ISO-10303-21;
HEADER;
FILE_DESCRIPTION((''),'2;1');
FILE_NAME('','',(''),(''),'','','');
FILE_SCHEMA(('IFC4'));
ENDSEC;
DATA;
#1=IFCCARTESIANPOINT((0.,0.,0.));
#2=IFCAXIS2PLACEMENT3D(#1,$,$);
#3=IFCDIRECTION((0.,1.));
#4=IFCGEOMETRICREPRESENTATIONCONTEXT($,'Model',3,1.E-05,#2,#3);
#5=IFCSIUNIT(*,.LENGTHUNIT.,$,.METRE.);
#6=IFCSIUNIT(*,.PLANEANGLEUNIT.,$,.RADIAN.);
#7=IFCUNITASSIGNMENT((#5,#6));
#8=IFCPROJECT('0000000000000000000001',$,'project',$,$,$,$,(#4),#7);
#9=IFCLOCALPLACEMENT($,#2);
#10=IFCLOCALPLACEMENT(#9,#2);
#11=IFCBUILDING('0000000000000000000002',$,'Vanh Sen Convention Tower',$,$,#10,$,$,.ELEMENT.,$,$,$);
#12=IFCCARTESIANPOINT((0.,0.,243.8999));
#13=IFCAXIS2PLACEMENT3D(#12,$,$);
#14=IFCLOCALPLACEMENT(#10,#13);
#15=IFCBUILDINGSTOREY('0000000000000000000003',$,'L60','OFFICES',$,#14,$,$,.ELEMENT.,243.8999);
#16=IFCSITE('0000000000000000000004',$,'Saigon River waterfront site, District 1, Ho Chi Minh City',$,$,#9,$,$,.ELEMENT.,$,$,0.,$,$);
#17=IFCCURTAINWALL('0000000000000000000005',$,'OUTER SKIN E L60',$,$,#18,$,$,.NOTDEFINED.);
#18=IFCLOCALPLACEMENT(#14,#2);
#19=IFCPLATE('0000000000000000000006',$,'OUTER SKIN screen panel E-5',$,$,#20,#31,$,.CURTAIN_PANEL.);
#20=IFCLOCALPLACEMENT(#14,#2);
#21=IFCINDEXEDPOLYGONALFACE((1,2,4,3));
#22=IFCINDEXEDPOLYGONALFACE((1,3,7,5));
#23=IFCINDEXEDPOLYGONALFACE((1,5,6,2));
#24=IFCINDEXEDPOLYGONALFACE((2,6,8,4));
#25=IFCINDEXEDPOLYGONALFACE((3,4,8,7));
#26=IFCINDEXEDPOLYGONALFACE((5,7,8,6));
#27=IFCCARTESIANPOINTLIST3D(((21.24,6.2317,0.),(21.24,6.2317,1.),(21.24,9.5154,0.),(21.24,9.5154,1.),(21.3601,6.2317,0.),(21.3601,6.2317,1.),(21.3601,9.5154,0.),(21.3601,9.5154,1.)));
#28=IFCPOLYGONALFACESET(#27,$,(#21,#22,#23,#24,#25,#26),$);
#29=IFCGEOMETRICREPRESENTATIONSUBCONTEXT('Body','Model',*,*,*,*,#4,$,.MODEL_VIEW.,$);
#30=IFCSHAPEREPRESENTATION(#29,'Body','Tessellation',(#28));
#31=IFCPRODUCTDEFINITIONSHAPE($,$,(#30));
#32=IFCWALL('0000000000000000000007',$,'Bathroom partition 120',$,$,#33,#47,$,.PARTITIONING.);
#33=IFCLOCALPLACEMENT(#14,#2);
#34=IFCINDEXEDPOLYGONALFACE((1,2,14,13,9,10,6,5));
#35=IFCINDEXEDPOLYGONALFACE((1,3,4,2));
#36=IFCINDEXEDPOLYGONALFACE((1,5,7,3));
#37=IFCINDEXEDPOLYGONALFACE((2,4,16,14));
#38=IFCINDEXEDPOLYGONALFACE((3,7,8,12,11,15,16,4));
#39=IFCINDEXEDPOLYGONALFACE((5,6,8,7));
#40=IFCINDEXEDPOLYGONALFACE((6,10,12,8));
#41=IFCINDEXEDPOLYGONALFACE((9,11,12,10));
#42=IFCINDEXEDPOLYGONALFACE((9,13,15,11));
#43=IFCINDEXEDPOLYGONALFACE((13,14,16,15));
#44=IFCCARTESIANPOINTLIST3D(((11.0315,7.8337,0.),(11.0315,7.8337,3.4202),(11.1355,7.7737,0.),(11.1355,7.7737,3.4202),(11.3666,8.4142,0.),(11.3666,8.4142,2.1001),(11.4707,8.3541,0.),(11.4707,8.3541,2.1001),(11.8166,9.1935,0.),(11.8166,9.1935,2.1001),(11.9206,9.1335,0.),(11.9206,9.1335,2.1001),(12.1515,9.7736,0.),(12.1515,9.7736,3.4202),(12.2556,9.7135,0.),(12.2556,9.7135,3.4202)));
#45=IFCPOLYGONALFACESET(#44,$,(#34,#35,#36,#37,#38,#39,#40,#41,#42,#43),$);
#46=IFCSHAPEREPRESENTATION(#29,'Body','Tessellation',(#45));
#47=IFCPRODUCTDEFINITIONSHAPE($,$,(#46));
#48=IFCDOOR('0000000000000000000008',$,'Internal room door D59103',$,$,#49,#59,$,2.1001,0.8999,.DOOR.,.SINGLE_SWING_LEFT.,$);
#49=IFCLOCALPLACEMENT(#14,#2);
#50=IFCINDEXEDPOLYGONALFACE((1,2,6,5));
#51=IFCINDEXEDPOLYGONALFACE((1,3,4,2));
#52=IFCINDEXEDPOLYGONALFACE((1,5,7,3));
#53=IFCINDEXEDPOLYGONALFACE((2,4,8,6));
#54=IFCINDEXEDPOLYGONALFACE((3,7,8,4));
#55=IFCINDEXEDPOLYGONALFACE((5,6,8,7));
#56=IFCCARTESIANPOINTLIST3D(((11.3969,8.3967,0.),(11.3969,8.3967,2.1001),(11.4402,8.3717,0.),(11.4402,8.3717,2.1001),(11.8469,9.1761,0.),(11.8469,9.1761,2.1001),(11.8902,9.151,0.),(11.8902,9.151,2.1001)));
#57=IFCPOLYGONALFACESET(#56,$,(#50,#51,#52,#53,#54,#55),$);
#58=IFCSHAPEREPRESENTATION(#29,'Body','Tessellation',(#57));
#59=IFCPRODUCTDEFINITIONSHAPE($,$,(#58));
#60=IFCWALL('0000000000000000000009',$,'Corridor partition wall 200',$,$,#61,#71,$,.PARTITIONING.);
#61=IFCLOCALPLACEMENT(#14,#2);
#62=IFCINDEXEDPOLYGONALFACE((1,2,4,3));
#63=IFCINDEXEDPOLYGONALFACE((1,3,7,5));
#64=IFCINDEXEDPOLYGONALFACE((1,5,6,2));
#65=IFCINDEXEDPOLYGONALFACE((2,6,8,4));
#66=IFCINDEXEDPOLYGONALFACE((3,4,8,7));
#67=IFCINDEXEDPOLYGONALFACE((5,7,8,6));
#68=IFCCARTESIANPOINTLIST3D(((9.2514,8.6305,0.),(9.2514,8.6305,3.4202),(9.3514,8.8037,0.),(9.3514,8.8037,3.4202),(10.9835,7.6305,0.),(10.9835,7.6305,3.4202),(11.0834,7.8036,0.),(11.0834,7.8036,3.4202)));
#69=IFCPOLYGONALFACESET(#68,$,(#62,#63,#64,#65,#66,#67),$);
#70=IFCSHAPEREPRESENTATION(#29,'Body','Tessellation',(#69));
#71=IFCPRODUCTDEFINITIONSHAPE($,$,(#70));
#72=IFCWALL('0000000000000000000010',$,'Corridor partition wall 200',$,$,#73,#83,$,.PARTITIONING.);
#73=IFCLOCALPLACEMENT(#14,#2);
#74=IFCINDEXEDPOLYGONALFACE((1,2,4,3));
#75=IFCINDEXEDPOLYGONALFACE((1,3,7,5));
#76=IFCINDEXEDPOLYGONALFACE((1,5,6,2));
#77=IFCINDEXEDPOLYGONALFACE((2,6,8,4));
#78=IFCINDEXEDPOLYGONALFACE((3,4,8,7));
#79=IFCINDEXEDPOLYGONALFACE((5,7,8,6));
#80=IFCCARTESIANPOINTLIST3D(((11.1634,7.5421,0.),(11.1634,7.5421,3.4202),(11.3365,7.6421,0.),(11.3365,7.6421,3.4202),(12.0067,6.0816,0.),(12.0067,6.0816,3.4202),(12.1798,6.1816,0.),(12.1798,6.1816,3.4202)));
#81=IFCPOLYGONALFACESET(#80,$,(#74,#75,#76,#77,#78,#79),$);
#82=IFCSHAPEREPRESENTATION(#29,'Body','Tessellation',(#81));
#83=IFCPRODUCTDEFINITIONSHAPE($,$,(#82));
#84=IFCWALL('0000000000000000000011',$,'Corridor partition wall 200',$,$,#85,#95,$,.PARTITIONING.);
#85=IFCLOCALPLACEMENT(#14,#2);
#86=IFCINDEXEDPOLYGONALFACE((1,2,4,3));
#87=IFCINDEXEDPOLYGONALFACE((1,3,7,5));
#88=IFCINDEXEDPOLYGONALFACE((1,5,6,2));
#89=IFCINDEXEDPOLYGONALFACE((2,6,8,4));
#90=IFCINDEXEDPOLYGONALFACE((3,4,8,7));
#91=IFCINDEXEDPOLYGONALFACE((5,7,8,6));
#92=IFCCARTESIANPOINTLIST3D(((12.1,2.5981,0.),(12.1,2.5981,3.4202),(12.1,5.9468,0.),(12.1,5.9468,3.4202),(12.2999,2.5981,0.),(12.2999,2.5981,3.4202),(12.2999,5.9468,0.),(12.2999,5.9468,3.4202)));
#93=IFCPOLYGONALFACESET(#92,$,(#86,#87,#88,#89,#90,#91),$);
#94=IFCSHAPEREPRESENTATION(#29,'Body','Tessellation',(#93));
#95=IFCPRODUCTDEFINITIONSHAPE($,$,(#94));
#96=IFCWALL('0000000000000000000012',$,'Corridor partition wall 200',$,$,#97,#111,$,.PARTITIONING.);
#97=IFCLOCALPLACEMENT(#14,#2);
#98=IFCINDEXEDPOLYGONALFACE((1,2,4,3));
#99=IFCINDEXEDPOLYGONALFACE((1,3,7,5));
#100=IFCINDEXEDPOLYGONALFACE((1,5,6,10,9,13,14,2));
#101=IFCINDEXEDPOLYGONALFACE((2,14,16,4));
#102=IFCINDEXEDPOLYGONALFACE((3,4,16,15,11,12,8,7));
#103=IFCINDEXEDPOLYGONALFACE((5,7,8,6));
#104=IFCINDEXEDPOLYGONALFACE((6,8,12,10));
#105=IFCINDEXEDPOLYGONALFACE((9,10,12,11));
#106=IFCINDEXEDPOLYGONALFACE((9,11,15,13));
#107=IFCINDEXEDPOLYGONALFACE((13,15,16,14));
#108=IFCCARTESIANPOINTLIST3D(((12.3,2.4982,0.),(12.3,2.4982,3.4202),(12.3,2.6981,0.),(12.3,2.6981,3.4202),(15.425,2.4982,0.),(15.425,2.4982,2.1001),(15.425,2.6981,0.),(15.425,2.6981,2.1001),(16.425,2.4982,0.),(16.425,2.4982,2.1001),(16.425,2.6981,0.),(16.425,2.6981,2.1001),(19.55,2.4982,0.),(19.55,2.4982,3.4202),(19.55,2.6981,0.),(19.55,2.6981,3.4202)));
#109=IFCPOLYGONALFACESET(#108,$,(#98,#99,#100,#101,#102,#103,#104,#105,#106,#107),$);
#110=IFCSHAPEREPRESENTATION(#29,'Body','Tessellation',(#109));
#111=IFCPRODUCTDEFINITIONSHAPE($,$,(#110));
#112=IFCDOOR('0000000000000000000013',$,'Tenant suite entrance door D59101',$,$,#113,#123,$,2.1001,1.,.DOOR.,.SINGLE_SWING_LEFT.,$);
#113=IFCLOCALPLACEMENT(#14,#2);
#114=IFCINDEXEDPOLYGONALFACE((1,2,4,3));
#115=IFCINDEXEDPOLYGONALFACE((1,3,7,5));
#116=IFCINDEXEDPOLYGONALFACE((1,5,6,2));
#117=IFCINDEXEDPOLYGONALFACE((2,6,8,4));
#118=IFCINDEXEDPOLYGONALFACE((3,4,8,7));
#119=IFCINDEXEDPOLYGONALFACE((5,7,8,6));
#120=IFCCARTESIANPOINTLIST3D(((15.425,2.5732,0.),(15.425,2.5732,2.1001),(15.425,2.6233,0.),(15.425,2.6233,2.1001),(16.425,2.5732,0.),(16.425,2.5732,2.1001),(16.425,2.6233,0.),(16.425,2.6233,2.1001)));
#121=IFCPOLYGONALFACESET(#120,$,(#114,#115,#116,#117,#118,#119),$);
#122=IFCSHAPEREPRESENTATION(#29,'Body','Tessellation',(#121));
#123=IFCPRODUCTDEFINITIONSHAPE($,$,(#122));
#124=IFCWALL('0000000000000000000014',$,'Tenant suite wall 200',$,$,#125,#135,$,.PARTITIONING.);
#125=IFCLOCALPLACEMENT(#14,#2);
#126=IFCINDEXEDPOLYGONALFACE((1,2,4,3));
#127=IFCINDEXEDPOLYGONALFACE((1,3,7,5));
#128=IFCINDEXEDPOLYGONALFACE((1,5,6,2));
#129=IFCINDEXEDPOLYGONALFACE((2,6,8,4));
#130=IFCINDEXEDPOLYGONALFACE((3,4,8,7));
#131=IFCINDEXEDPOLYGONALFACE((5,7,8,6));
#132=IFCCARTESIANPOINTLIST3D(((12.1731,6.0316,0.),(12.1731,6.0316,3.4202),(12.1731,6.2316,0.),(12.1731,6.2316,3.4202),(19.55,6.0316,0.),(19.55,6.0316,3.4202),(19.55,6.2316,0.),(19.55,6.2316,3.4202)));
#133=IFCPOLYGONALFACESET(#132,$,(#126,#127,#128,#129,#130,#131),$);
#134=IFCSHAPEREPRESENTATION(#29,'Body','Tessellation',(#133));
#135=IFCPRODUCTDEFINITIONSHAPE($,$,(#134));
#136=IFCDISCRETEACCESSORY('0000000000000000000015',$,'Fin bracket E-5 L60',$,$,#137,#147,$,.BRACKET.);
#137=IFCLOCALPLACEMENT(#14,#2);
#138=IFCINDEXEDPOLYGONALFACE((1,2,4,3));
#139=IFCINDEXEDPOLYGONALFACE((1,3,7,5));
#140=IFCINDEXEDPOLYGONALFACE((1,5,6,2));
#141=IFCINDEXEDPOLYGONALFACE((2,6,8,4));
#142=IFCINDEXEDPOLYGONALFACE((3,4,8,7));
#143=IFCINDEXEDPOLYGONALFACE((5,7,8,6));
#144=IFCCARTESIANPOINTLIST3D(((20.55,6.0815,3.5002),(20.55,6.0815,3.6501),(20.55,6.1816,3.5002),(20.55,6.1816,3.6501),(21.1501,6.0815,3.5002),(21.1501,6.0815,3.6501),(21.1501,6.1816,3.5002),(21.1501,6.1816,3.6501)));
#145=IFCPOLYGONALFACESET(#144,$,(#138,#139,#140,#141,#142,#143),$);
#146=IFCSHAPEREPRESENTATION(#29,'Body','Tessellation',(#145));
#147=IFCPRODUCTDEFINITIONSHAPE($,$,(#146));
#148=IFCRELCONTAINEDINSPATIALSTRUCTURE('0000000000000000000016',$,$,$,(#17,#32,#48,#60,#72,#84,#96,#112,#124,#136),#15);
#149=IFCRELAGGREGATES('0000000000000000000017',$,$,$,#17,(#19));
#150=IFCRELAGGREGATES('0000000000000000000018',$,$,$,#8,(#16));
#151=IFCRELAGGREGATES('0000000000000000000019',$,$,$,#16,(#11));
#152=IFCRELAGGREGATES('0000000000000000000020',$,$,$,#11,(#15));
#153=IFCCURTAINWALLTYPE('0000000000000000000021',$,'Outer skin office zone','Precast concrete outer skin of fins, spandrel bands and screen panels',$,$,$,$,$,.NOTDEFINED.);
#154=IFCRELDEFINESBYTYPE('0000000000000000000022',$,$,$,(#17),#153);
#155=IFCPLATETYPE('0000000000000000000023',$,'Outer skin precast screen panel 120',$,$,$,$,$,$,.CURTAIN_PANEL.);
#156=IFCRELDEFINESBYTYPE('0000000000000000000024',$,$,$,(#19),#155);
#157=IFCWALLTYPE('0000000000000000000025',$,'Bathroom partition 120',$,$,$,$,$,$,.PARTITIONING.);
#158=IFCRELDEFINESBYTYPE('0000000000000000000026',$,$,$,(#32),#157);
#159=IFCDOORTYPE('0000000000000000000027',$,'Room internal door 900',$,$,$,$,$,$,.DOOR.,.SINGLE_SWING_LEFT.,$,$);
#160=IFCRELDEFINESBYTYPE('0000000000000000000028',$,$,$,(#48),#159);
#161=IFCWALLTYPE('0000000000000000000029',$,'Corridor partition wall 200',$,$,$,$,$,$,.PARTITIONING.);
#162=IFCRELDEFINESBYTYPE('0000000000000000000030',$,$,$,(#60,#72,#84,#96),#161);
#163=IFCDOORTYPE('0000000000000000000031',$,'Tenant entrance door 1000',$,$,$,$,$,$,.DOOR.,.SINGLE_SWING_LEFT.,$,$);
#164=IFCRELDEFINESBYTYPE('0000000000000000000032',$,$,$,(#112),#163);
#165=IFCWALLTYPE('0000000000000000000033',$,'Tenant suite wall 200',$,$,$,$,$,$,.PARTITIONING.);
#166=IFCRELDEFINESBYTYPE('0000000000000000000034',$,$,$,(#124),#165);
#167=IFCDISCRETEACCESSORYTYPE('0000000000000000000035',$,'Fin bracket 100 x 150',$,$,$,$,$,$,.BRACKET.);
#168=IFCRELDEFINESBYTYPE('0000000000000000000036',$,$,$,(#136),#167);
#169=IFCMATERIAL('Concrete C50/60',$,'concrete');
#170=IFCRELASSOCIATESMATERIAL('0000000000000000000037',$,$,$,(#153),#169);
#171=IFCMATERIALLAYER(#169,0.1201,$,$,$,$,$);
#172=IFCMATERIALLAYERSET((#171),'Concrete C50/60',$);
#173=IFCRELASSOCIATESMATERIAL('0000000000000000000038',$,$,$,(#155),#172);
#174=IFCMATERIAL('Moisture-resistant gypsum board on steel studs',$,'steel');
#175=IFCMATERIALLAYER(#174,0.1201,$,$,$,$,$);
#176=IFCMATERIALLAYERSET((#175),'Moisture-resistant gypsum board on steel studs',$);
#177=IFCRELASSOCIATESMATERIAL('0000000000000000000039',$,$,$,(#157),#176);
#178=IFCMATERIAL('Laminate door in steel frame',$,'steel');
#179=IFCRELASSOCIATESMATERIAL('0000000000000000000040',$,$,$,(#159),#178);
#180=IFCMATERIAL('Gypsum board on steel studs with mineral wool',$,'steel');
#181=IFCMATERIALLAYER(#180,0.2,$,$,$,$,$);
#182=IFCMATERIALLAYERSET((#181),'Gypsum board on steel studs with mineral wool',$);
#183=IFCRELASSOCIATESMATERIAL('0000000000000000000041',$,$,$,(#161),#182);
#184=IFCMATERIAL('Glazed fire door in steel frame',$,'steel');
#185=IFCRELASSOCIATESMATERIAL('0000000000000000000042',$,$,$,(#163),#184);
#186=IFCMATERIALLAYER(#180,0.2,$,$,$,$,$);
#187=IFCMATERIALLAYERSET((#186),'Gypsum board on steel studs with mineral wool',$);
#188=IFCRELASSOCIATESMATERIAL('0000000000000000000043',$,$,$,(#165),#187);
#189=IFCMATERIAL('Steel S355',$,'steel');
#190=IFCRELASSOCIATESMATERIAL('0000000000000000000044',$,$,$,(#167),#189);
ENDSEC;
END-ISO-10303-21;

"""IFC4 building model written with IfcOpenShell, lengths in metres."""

from ifc_helpers import new_model, si_unit, direction, frame, frame_2d, origin, origin_2d, place, context, subcontext, project, spatial, rectangle, extrude, material, layer, layer_set, type_object, element, fill, aggregate, save


model = new_model("IFC4")

# Units and contexts
model_context = context("Model", 3, precision=1e-05, world=origin(), true_north=direction((0.0, 1.0)))
body_context = subcontext(model_context, "Body", "Model", "MODEL_VIEW")
ifc_project = project(units=[si_unit("LENGTHUNIT", "METRE"), si_unit("PLANEANGLEUNIT", "RADIAN")], contexts=[model_context])

# Site, building, storey
site_placement = place(None, origin())
site = spatial("IfcSite", under=ifc_project, at=site_placement, Name="Saigon River waterfront site, District 1, Ho Chi Minh City", CompositionType="ELEMENT", RefElevation=0.0)
building_placement = place(site_placement, origin())
building = spatial("IfcBuilding", under=site, at=building_placement, Name="Vanh Sen Convention Tower", CompositionType="ELEMENT")
storey_placement = place(building_placement, frame((0.0, 0.0, 243.8999)))
storey = spatial("IfcBuildingStorey", under=building, at=storey_placement, Name="L60", Description="OFFICES", CompositionType="ELEMENT", Elevation=243.8999)

# Curtain wall
ifc_material_1 = material(Name="Concrete C50/60", Category="concrete")
curtain_wall_type = type_object("IfcCurtainWallType", Name="Outer skin office zone", Description="Precast concrete outer skin of fins, spandrel bands and screen panels", PredefinedType="NOTDEFINED", material=ifc_material_1)
curtain_wall_1_placement = place(storey_placement, origin())
curtain_wall_1 = element("IfcCurtainWall", 1, at=curtain_wall_1_placement, inside=storey, type_object=curtain_wall_type, Name="OUTER SKIN E L60", PredefinedType="NOTDEFINED")

# Plate
ifc_layer_1 = layer(ifc_material_1, 0.1201)
ifc_layer_set_1 = layer_set([ifc_layer_1], Name="Concrete C50/60")
plate_type = type_object("IfcPlateType", Name="Outer skin precast screen panel 120", PredefinedType="CURTAIN_PANEL", material=ifc_layer_set_1)
plate_1_placement = place(storey_placement, frame((21.3, 7.8735, 0.0), z_axis=(0.0, 0.0, 1.0), x_axis=(0.0, 1.0, 0.0)))
plate_1 = element("IfcPlate", 2, at=plate_1_placement, type_object=plate_type, Name="OUTER SKIN screen panel E-5", PredefinedType="CURTAIN_PANEL", context=body_context, shape_type="SweptSolid", body=[
    extrude(rectangle(XDim=3.2837, YDim=0.1201, at=origin_2d()), origin(), (0.0, 0.0, 1.0), 1.0),
])
aggregate(curtain_wall_1, [plate_1])

# Wall, opening, door
ifc_material_2 = material(Name="Moisture-resistant gypsum board on steel studs", Category="steel")
ifc_layer_2 = layer(ifc_material_2, 0.1201)
ifc_layer_set_2 = layer_set([ifc_layer_2], Name="Moisture-resistant gypsum board on steel studs")
wall_type_1 = type_object("IfcWallType", Name="Bathroom partition 120", PredefinedType="PARTITIONING", material=ifc_layer_set_2)
wall_1_placement = place(storey_placement, frame((12.2036, 9.7437, 0.0), z_axis=(0.0, 0.0, 1.0), x_axis=(-0.500031, -0.866008, 0.0)))
wall_1 = element("IfcWall", 3, at=wall_1_placement, inside=storey, type_object=wall_type_1, Name="Bathroom partition 120", PredefinedType="PARTITIONING", context=body_context, shape_type="SweptSolid", body=[
    extrude(rectangle(XDim=2.24, YDim=0.1201, at=frame_2d((1.1201, 0.0))), origin(), (0.0, 0.0, 1.0), 3.4202),
])
opening_1_placement = place(wall_1_placement, frame((0.6699, 0.0, 0.0)))
opening_1 = element("IfcOpeningElement", 4, at=opening_1_placement, cuts=wall_1, PredefinedType="OPENING", context=body_context, shape_type="SweptSolid", body=[
    extrude(rectangle(XDim=0.8999, YDim=2.1001, at=frame_2d((0.45, 1.05))), frame((0.0, 0.0701, 0.0), z_axis=(0.0, -1.0, 0.0), x_axis=(1.0, 0.0, 0.0)), (0.0, 0.0, 1.0), 0.1401),
])
ifc_material_3 = material(Name="Laminate door in steel frame", Category="steel")
door_type_1 = type_object("IfcDoorType", Name="Room internal door 900", OperationType="SINGLE_SWING_LEFT", PredefinedType="DOOR", material=ifc_material_3)
door_1_placement = place(opening_1_placement, origin())
door_1 = element("IfcDoor", 5, at=door_1_placement, inside=storey, type_object=door_type_1, Name="Internal room door D59103", OperationType="SINGLE_SWING_LEFT", OverallHeight=2.1001, OverallWidth=0.8999, PredefinedType="DOOR", context=body_context, shape_type="SweptSolid", body=[
    extrude(rectangle(XDim=0.8999, YDim=2.1001, at=frame_2d((0.45, 1.05))), frame((0.0, 0.0249, 0.0), z_axis=(0.0, -1.0, 0.0), x_axis=(1.0, 0.0, 0.0)), (0.0, 0.0, 1.0), 0.05),
])
fill(opening_1, door_1)

# Walls
ifc_material_4 = material(Name="Gypsum board on steel studs with mineral wool", Category="steel")
ifc_layer_3 = layer(ifc_material_4, 0.2)
ifc_layer_set_3 = layer_set([ifc_layer_3], Name="Gypsum board on steel studs with mineral wool")
wall_type_2 = type_object("IfcWallType", Name="Corridor partition wall 200", PredefinedType="PARTITIONING", material=ifc_layer_set_3)
wall_2_placement = place(storey_placement, frame((11.0334, 7.717, 0.0), z_axis=(0.0, 0.0, 1.0), x_axis=(-0.866011, 0.500025, 0.0)))
element("IfcWall", 6, at=wall_2_placement, inside=storey, type_object=wall_type_2, Name="Corridor partition wall 200", PredefinedType="PARTITIONING", context=body_context, shape_type="SweptSolid", body=[
    extrude(rectangle(XDim=2.0, YDim=0.2, at=frame_2d((1.0, 0.0))), origin(), (0.0, 0.0, 1.0), 3.4202),
])
wall_3_placement = place(storey_placement, frame((12.0933, 6.1316, 0.0), z_axis=(0.0, 0.0, 1.0), x_axis=(-0.500032, 0.866007, 0.0)))
element("IfcWall", 7, at=wall_3_placement, inside=storey, type_object=wall_type_2, Name="Corridor partition wall 200", PredefinedType="PARTITIONING", context=body_context, shape_type="SweptSolid", body=[
    extrude(rectangle(XDim=1.6865, YDim=0.2, at=frame_2d((0.8433, 0.0))), origin(), (0.0, 0.0, 1.0), 3.4202),
])
wall_4_placement = place(storey_placement, frame((12.2, 2.5981, 0.0), z_axis=(0.0, 0.0, 1.0), x_axis=(0.0, 1.0, 0.0)))
element("IfcWall", 8, at=wall_4_placement, inside=storey, type_object=wall_type_2, Name="Corridor partition wall 200", PredefinedType="PARTITIONING", context=body_context, shape_type="SweptSolid", body=[
    extrude(rectangle(XDim=3.3486, YDim=0.2, at=frame_2d((1.6743, 0.0))), origin(), (0.0, 0.0, 1.0), 3.4202),
])

# Wall, opening, door
wall_5_placement = place(storey_placement, frame((19.55, 2.5981, 0.0), z_axis=(0.0, 0.0, 1.0), x_axis=(-1.0, 0.0, 0.0)))
wall_5 = element("IfcWall", 9, at=wall_5_placement, inside=storey, type_object=wall_type_2, Name="Corridor partition wall 200", PredefinedType="PARTITIONING", context=body_context, shape_type="SweptSolid", body=[
    extrude(rectangle(XDim=7.25, YDim=0.2, at=frame_2d((3.625, 0.0))), origin(), (0.0, 0.0, 1.0), 3.4202),
])
opening_2_placement = place(wall_5_placement, frame((3.125, 0.0, 0.0)))
opening_2 = element("IfcOpeningElement", 10, at=opening_2_placement, cuts=wall_5, PredefinedType="OPENING", context=body_context, shape_type="SweptSolid", body=[
    extrude(rectangle(XDim=1.0, YDim=2.1001, at=frame_2d((0.5, 1.05))), frame((0.0, 0.1099, 0.0), z_axis=(0.0, -1.0, 0.0), x_axis=(1.0, 0.0, 0.0)), (0.0, 0.0, 1.0), 0.22),
])
ifc_material_5 = material(Name="Glazed fire door in steel frame", Category="steel")
door_type_2 = type_object("IfcDoorType", Name="Tenant entrance door 1000", OperationType="SINGLE_SWING_LEFT", PredefinedType="DOOR", material=ifc_material_5)
door_2_placement = place(opening_2_placement, origin())
door_2 = element("IfcDoor", 11, at=door_2_placement, inside=storey, type_object=door_type_2, Name="Tenant suite entrance door D59101", OperationType="SINGLE_SWING_LEFT", OverallHeight=2.1001, OverallWidth=1.0, PredefinedType="DOOR", context=body_context, shape_type="SweptSolid", body=[
    extrude(rectangle(XDim=1.0, YDim=2.1001, at=frame_2d((0.5, 1.05))), frame((0.0, 0.0249, 0.0), z_axis=(0.0, -1.0, 0.0), x_axis=(1.0, 0.0, 0.0)), (0.0, 0.0, 1.0), 0.05),
])
fill(opening_2, door_2)

# Wall
ifc_layer_4 = layer(ifc_material_4, 0.2)
ifc_layer_set_4 = layer_set([ifc_layer_4], Name="Gypsum board on steel studs with mineral wool")
wall_type_3 = type_object("IfcWallType", Name="Tenant suite wall 200", PredefinedType="PARTITIONING", material=ifc_layer_set_4)
wall_6_placement = place(storey_placement, frame((19.55, 6.1316, 0.0), z_axis=(0.0, 0.0, 1.0), x_axis=(-1.0, 0.0, 0.0)))
element("IfcWall", 12, at=wall_6_placement, inside=storey, type_object=wall_type_3, Name="Tenant suite wall 200", PredefinedType="PARTITIONING", context=body_context, shape_type="SweptSolid", body=[
    extrude(rectangle(XDim=7.377, YDim=0.2, at=frame_2d((3.6885, 0.0))), origin(), (0.0, 0.0, 1.0), 3.4202),
])

# Discrete accessory
ifc_material_6 = material(Name="Steel S355", Category="steel")
discrete_accessory_type = type_object("IfcDiscreteAccessoryType", Name="Fin bracket 100 x 150", PredefinedType="BRACKET", material=ifc_material_6)
discrete_accessory_placement = place(storey_placement, frame((20.8501, 6.1316, 3.5002), z_axis=(0.0, 0.0, 1.0), x_axis=(1.0, 0.0, 0.0)))
element("IfcDiscreteAccessory", 13, at=discrete_accessory_placement, inside=storey, type_object=discrete_accessory_type, Name="Fin bracket E-5 L60", PredefinedType="BRACKET", context=body_context, shape_type="SweptSolid", body=[
    extrude(rectangle(XDim=0.6001, YDim=0.1001, at=origin_2d()), origin(), (0.0, 0.0, 1.0), 0.1499),
])

save(model, "model.ifc")
